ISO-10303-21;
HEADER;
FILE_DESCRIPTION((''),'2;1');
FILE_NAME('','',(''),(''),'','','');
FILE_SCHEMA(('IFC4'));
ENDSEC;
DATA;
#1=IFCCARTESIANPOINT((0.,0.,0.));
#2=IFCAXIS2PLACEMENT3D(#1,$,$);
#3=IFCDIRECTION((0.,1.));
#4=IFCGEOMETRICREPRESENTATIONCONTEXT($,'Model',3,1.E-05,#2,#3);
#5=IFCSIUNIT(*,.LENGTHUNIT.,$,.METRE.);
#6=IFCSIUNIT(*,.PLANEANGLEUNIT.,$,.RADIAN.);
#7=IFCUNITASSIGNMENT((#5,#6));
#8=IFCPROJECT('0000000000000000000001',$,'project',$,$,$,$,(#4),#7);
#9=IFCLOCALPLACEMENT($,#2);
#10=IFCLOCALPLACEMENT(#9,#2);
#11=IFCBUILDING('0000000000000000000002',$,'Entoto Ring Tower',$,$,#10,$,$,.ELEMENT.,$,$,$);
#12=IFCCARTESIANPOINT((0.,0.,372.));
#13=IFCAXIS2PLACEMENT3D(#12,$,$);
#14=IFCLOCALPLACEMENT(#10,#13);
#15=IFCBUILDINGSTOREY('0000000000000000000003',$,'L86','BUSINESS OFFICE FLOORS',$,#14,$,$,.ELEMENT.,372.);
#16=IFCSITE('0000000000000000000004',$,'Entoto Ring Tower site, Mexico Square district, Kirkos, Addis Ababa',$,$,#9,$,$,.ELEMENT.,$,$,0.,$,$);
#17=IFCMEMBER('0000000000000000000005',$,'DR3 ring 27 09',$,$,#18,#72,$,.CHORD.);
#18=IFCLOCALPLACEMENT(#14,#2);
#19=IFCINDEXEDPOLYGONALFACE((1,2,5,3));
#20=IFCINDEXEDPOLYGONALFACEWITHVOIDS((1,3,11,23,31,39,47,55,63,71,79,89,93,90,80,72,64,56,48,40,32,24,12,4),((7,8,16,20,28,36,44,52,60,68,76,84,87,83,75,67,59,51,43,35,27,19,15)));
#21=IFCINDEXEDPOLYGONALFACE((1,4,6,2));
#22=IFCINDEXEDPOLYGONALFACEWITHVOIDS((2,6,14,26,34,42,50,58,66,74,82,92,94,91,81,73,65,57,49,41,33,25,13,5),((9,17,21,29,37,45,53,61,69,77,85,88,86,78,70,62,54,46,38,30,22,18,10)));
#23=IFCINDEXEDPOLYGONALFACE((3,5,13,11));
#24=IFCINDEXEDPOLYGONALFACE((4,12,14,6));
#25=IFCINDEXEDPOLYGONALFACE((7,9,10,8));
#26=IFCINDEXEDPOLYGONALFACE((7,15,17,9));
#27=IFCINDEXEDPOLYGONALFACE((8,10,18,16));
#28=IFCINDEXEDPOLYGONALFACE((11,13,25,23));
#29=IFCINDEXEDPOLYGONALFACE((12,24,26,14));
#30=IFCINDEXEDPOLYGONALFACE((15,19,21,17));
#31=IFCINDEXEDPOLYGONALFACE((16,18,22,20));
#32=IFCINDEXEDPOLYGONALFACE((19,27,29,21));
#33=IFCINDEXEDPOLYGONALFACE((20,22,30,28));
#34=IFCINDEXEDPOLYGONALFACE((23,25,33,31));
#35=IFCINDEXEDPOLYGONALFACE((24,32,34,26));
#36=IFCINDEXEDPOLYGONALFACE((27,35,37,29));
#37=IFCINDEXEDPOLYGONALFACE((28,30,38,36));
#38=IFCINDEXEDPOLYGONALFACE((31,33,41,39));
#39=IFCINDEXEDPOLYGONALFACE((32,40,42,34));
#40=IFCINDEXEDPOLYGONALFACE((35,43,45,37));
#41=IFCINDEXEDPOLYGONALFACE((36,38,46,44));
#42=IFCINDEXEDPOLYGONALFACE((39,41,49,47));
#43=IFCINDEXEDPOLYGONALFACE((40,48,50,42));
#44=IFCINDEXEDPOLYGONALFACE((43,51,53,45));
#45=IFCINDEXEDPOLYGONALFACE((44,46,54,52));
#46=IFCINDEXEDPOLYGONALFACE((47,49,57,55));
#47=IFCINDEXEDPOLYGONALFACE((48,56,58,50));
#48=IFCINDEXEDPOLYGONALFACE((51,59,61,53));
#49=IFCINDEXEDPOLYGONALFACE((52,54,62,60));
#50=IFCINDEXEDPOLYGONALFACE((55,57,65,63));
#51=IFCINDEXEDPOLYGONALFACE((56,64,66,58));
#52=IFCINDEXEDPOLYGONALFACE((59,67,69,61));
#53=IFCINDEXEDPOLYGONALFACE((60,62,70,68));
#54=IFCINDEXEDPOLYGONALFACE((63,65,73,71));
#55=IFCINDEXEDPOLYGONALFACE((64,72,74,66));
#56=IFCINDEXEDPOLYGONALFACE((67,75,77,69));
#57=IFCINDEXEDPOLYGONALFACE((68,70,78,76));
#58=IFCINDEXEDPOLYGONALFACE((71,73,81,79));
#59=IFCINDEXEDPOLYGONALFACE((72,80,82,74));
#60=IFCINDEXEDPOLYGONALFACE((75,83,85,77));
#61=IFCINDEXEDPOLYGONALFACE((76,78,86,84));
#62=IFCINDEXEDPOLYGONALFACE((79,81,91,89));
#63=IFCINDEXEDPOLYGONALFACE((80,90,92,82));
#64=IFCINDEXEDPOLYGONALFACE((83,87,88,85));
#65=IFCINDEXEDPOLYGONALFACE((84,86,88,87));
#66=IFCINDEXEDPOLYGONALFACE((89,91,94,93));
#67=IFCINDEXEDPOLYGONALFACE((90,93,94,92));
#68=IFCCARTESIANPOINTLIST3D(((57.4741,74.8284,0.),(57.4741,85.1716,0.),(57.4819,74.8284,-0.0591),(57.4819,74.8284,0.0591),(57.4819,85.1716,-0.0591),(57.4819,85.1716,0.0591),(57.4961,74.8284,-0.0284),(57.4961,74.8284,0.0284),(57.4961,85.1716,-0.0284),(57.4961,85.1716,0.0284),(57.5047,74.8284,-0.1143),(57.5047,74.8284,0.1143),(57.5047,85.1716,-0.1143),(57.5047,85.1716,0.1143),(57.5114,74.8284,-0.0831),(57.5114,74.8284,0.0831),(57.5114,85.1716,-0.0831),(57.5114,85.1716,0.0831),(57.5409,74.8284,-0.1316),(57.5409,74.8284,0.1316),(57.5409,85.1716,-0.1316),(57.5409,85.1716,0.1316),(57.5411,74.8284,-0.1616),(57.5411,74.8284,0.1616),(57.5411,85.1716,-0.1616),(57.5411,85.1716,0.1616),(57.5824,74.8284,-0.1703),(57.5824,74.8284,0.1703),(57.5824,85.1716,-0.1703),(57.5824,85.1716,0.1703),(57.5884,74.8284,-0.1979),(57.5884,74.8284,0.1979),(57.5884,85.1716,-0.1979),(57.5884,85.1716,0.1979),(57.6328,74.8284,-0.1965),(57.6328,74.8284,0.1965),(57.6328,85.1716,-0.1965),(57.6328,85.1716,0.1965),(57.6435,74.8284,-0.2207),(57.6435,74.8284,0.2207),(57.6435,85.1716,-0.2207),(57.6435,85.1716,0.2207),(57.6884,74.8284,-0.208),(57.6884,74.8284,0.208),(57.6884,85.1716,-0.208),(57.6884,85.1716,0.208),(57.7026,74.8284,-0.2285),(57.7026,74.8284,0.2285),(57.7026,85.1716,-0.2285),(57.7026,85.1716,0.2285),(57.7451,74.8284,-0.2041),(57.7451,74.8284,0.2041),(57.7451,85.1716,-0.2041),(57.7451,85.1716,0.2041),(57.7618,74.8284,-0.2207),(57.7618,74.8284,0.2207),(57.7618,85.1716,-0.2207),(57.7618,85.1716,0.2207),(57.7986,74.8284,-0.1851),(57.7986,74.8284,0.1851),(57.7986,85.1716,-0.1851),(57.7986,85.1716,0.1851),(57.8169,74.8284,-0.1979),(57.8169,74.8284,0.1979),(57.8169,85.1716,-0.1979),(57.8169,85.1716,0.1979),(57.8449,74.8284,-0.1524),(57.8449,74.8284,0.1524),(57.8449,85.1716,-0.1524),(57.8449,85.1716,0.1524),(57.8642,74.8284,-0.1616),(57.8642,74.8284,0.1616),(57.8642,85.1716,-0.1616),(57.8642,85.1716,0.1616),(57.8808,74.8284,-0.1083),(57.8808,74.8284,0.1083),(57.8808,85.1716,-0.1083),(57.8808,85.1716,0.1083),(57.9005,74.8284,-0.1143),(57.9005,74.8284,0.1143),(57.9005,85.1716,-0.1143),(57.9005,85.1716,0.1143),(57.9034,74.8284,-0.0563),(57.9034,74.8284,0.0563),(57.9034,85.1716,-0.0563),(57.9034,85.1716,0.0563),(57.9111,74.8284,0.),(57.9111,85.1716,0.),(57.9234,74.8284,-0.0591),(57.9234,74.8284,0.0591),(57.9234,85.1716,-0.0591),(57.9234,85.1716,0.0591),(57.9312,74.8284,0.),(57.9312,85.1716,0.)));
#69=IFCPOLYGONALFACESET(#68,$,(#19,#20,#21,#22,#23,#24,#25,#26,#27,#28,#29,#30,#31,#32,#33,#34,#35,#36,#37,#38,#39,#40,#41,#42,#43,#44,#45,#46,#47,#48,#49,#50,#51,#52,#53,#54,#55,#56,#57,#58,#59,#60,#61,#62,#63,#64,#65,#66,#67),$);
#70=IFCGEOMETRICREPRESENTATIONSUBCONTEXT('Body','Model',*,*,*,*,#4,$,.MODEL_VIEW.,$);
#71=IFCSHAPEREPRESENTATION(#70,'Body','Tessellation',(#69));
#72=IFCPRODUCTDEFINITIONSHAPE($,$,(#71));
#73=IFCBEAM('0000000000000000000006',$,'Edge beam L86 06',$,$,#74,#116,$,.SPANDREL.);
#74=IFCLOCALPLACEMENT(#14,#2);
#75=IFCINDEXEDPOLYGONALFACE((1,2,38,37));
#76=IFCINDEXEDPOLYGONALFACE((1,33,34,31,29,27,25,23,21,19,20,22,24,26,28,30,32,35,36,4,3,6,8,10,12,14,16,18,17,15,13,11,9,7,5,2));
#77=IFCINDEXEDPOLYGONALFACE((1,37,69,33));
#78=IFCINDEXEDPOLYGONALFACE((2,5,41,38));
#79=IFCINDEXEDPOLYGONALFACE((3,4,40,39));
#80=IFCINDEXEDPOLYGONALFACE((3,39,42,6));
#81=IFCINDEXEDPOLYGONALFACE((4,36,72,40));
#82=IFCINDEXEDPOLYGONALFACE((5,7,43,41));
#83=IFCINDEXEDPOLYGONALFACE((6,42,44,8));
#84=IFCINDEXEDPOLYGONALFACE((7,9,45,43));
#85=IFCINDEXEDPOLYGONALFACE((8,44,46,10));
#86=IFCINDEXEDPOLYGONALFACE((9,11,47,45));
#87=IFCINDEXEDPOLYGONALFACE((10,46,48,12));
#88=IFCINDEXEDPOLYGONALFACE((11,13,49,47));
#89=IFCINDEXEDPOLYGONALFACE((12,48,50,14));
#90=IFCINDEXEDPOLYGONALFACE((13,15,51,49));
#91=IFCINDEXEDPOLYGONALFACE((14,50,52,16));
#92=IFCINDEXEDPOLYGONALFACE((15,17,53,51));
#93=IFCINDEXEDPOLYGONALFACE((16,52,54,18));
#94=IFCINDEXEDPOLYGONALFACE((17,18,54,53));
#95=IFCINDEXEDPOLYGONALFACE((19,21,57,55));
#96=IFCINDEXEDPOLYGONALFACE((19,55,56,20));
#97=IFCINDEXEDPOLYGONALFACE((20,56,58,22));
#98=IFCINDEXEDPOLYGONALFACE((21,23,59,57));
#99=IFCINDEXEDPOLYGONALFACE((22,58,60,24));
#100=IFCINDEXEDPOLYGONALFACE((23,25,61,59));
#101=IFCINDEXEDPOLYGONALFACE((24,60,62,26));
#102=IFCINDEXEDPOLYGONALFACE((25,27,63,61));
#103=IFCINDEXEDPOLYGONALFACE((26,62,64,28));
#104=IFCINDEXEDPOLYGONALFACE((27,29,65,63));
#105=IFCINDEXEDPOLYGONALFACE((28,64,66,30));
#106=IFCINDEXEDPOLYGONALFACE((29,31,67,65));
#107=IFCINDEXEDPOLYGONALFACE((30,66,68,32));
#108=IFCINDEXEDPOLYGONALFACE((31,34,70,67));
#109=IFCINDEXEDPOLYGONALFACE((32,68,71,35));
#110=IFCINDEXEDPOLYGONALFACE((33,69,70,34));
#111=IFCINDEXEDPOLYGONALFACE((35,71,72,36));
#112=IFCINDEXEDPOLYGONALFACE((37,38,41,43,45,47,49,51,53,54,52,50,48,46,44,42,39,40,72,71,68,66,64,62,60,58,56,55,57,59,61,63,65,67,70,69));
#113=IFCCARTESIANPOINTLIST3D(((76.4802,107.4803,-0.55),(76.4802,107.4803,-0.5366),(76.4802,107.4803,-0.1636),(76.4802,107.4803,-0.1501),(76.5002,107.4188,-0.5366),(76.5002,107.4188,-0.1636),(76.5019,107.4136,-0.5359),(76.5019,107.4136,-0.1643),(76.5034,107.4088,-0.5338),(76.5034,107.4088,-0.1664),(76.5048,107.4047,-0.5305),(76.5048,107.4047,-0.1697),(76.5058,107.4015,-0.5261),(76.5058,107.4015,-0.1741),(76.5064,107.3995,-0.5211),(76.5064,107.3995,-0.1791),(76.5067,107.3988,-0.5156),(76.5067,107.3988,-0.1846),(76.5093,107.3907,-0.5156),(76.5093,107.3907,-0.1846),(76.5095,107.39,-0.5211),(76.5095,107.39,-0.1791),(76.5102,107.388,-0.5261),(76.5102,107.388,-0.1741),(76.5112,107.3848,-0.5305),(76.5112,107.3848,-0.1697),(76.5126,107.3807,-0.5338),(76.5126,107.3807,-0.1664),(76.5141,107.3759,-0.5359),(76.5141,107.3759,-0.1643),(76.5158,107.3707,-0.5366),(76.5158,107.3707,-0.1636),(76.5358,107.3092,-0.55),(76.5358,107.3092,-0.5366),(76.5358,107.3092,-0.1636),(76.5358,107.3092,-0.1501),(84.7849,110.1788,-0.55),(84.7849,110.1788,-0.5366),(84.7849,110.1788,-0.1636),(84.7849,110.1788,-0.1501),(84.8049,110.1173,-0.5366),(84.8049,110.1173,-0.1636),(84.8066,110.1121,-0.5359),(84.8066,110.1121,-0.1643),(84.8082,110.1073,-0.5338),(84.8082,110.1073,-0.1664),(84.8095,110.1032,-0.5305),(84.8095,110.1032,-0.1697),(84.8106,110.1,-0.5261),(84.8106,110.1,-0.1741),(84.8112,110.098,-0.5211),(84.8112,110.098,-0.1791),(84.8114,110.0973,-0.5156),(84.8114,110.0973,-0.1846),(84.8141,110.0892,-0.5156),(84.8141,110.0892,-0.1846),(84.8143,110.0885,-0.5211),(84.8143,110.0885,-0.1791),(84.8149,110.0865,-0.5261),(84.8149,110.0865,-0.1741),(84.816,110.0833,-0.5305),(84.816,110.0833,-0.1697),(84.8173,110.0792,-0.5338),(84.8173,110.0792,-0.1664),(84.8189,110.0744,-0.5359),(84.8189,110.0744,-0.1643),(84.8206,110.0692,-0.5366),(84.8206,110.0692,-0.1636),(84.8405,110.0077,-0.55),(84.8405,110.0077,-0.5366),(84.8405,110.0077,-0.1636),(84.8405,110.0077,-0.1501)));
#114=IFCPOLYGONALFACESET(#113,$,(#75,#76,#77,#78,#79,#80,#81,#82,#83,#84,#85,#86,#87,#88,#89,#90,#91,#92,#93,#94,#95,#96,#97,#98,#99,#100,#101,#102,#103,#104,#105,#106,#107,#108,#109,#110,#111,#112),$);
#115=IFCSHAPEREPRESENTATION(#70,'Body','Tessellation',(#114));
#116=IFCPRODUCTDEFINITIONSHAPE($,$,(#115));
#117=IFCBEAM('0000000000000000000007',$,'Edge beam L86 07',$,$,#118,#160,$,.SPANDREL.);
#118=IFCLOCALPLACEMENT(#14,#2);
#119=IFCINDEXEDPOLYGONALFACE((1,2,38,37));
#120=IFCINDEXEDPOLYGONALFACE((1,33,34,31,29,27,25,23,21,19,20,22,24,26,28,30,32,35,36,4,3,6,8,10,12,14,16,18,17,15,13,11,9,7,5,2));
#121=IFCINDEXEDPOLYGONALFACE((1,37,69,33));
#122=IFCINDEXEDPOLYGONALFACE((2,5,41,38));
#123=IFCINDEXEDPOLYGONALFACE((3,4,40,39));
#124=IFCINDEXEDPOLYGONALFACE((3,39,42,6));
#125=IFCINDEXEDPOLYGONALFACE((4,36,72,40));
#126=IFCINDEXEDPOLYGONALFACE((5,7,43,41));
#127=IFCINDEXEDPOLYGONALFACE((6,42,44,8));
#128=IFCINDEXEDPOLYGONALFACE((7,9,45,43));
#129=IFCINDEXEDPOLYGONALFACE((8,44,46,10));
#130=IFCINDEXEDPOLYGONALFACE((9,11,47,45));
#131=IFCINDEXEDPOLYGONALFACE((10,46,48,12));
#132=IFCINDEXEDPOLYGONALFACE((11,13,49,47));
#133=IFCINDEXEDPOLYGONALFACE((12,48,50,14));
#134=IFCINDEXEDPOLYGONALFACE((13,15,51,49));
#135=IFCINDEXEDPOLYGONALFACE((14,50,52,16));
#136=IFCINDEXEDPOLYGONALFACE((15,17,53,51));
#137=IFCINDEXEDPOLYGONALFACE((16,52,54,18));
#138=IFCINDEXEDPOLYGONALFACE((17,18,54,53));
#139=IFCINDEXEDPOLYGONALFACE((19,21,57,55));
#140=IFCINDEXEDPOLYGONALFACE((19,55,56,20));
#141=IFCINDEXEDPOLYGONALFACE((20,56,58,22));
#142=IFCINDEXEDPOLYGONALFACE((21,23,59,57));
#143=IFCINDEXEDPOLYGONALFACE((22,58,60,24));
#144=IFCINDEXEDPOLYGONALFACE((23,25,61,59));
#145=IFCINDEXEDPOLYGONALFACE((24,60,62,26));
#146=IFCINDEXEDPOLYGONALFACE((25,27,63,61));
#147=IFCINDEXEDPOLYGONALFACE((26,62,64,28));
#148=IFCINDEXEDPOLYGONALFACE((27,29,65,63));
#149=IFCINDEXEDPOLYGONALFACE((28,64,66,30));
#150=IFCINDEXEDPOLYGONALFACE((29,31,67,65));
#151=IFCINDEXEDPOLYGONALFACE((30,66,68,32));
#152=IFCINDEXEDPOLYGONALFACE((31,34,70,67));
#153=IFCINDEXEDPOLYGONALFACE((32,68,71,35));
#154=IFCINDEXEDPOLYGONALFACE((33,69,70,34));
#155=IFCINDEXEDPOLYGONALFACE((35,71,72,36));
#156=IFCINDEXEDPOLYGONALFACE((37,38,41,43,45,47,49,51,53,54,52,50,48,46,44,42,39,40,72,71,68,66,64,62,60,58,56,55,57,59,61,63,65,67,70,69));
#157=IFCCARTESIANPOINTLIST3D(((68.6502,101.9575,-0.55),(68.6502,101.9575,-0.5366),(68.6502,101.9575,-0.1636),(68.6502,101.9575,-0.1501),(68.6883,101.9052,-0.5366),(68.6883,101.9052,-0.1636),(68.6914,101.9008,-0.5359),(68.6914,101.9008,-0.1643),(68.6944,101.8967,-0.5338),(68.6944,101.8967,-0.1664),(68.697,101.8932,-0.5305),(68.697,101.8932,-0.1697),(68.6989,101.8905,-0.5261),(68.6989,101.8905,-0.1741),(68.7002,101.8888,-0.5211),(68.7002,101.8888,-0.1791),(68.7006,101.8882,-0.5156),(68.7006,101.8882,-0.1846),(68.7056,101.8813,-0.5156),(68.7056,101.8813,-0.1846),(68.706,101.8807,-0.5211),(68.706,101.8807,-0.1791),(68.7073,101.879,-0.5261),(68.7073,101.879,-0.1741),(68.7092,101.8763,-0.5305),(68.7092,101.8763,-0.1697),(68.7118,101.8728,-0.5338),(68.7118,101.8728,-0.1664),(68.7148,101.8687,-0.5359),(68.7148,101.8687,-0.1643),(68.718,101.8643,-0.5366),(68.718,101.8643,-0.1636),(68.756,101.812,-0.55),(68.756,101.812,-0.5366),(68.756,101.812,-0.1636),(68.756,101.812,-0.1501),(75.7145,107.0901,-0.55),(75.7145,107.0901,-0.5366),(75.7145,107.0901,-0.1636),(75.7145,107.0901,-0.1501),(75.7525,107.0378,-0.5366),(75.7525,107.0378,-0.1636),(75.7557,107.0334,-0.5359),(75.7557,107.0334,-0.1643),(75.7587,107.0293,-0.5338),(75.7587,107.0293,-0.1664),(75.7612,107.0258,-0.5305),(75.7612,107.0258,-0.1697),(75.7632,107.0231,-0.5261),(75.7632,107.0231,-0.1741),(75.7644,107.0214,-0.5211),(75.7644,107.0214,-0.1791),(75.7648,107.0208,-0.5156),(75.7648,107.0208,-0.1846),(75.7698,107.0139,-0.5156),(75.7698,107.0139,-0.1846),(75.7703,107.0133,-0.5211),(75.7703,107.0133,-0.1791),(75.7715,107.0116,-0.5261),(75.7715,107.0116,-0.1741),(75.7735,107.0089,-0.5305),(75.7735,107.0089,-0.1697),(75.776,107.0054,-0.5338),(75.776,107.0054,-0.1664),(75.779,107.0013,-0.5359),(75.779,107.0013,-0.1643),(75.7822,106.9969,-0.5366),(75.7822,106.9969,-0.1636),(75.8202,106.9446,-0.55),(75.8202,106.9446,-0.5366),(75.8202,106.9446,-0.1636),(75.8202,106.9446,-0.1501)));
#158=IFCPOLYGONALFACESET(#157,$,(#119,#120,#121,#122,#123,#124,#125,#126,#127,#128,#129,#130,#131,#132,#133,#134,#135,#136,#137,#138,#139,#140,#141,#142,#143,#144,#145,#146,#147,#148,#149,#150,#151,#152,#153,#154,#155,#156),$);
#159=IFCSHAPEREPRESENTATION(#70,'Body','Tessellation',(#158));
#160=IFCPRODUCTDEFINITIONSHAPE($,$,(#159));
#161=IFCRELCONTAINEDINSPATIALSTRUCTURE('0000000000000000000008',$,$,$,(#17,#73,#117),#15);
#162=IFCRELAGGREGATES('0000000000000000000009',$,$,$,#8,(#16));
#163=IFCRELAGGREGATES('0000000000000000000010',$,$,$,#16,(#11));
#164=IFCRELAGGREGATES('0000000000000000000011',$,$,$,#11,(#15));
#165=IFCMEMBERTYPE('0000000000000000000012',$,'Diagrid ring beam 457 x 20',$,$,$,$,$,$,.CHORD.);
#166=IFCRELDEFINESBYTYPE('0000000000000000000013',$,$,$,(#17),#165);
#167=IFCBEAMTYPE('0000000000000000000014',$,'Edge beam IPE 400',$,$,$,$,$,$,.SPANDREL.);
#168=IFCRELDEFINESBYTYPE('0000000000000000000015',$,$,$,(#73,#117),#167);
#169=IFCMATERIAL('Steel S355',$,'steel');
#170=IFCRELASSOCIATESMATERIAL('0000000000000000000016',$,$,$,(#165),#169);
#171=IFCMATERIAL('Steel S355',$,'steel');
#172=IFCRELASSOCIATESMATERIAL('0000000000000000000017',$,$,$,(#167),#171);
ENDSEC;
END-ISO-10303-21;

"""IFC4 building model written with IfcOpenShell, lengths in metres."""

from ifc_helpers import new_model, si_unit, direction, frame, origin, origin_2d, place, context, subcontext, project, spatial, circle, hollow_circle, i_section, extrude, material, material_profile, profile_set, type_object, element, save


model = new_model("IFC4")

# Units and contexts
model_context = context("Model", 3, precision=1e-05, world=origin(), true_north=direction((0.0, 1.0)))
body_context = subcontext(model_context, "Body", "Model", "MODEL_VIEW")
ifc_project = project(units=[si_unit("LENGTHUNIT", "METRE"), si_unit("PLANEANGLEUNIT", "RADIAN")], contexts=[model_context])

# Site, building, storey
site_placement = place(None, origin())
site = spatial("IfcSite", under=ifc_project, at=site_placement, Name="Entoto Ring Tower site, Mexico Square district, Kirkos, Addis Ababa", CompositionType="ELEMENT", RefElevation=0.0)
building_placement = place(site_placement, origin())
building = spatial("IfcBuilding", under=site, at=building_placement, Name="Entoto Ring Tower", CompositionType="ELEMENT")
storey_placement = place(building_placement, frame((0.0, 0.0, 372.0)))
storey = spatial("IfcBuildingStorey", under=building, at=storey_placement, Name="L86", Description="BUSINESS OFFICE FLOORS", CompositionType="ELEMENT", Elevation=372.0)

# Member
ifc_material_1 = material(Name="Steel S355", Category="steel")
ifc_material_profile_1 = material_profile(ifc_material_1, hollow_circle(Radius=0.2285, WallThickness=0.02, at=origin_2d()), Name="CHS 457 x 20")
ifc_material_2 = material(Name="Concrete C60/75", Category="concrete")
ifc_material_profile_2 = material_profile(ifc_material_2, circle(Radius=0.2085, at=origin_2d()), Name="Concrete C60/75 infill")
ifc_profile_set_1 = profile_set([ifc_material_profile_1, ifc_material_profile_2], Name="Steel S355")
member_type_1 = type_object("IfcMemberType", Name="Diagrid ring beam 457 x 20", PredefinedType="CHORD", material=ifc_profile_set_1)
member_1_placement = place(storey_placement, frame((57.7026, 85.1716, 0.0), z_axis=(0.0, -1.0, 0.0), x_axis=(1.0, 0.0, 0.0)))
element("IfcMember", 1, at=member_1_placement, inside=storey, type_object=member_type_1, Name="DR3 ring 27 09", PredefinedType="CHORD", context=body_context, shape_type="SweptSolid", body=[
    extrude(hollow_circle(Radius=0.2285, WallThickness=0.02, at=origin_2d()), origin(), (0.0, 0.0, 1.0), 10.3433),
])

# Beams
ifc_material_3 = material(Name="Steel S355", Category="steel")
ifc_material_profile_3 = material_profile(ifc_material_3, i_section(OverallWidth=0.1799, OverallDepth=0.3999, WebThickness=0.0085, FlangeThickness=0.0134, FilletRadius=0.021, at=origin_2d()), Name="IPE 400")
ifc_profile_set_2 = profile_set([ifc_material_profile_3], Name="Steel S355")
beam_type_1 = type_object("IfcBeamType", Name="Edge beam IPE 400", PredefinedType="SPANDREL", material=ifc_profile_set_2)
beam_1_placement = place(storey_placement, frame((84.8127, 110.0933, -0.3501), z_axis=(-0.951052, -0.30903, 0.0), x_axis=(0.30903, -0.951052, 0.0)))
element("IfcBeam", 2, at=beam_1_placement, inside=storey, type_object=beam_type_1, Name="Edge beam L86 06", PredefinedType="SPANDREL", context=body_context, shape_type="SweptSolid", body=[
    extrude(i_section(OverallWidth=0.1799, OverallDepth=0.3999, WebThickness=0.0085, FlangeThickness=0.0134, FilletRadius=0.021, at=origin_2d()), origin(), (0.0, 0.0, 1.0), 8.7322),
])
for number, where, z_axis, x_axis, name in (
    (3, (75.7673, 107.0173, -0.3501), (-0.80901, -0.587794, 0.0), (0.587794, -0.80901, 0.0), "Edge beam L86 07"),
):
    element("IfcBeam", number, at=place(storey_placement, frame(where, z_axis=z_axis, x_axis=x_axis)), inside=storey, type_object=beam_type_1, Name=name, PredefinedType="SPANDREL", context=body_context, shape_type="SweptSolid", body=[
        extrude(i_section(OverallWidth=0.1799, OverallDepth=0.3999, WebThickness=0.0085, FlangeThickness=0.0134, FilletRadius=0.021, at=origin_2d()), origin(), (0.0, 0.0, 1.0), 8.7319),
    ])

save(model, "model.ifc")
